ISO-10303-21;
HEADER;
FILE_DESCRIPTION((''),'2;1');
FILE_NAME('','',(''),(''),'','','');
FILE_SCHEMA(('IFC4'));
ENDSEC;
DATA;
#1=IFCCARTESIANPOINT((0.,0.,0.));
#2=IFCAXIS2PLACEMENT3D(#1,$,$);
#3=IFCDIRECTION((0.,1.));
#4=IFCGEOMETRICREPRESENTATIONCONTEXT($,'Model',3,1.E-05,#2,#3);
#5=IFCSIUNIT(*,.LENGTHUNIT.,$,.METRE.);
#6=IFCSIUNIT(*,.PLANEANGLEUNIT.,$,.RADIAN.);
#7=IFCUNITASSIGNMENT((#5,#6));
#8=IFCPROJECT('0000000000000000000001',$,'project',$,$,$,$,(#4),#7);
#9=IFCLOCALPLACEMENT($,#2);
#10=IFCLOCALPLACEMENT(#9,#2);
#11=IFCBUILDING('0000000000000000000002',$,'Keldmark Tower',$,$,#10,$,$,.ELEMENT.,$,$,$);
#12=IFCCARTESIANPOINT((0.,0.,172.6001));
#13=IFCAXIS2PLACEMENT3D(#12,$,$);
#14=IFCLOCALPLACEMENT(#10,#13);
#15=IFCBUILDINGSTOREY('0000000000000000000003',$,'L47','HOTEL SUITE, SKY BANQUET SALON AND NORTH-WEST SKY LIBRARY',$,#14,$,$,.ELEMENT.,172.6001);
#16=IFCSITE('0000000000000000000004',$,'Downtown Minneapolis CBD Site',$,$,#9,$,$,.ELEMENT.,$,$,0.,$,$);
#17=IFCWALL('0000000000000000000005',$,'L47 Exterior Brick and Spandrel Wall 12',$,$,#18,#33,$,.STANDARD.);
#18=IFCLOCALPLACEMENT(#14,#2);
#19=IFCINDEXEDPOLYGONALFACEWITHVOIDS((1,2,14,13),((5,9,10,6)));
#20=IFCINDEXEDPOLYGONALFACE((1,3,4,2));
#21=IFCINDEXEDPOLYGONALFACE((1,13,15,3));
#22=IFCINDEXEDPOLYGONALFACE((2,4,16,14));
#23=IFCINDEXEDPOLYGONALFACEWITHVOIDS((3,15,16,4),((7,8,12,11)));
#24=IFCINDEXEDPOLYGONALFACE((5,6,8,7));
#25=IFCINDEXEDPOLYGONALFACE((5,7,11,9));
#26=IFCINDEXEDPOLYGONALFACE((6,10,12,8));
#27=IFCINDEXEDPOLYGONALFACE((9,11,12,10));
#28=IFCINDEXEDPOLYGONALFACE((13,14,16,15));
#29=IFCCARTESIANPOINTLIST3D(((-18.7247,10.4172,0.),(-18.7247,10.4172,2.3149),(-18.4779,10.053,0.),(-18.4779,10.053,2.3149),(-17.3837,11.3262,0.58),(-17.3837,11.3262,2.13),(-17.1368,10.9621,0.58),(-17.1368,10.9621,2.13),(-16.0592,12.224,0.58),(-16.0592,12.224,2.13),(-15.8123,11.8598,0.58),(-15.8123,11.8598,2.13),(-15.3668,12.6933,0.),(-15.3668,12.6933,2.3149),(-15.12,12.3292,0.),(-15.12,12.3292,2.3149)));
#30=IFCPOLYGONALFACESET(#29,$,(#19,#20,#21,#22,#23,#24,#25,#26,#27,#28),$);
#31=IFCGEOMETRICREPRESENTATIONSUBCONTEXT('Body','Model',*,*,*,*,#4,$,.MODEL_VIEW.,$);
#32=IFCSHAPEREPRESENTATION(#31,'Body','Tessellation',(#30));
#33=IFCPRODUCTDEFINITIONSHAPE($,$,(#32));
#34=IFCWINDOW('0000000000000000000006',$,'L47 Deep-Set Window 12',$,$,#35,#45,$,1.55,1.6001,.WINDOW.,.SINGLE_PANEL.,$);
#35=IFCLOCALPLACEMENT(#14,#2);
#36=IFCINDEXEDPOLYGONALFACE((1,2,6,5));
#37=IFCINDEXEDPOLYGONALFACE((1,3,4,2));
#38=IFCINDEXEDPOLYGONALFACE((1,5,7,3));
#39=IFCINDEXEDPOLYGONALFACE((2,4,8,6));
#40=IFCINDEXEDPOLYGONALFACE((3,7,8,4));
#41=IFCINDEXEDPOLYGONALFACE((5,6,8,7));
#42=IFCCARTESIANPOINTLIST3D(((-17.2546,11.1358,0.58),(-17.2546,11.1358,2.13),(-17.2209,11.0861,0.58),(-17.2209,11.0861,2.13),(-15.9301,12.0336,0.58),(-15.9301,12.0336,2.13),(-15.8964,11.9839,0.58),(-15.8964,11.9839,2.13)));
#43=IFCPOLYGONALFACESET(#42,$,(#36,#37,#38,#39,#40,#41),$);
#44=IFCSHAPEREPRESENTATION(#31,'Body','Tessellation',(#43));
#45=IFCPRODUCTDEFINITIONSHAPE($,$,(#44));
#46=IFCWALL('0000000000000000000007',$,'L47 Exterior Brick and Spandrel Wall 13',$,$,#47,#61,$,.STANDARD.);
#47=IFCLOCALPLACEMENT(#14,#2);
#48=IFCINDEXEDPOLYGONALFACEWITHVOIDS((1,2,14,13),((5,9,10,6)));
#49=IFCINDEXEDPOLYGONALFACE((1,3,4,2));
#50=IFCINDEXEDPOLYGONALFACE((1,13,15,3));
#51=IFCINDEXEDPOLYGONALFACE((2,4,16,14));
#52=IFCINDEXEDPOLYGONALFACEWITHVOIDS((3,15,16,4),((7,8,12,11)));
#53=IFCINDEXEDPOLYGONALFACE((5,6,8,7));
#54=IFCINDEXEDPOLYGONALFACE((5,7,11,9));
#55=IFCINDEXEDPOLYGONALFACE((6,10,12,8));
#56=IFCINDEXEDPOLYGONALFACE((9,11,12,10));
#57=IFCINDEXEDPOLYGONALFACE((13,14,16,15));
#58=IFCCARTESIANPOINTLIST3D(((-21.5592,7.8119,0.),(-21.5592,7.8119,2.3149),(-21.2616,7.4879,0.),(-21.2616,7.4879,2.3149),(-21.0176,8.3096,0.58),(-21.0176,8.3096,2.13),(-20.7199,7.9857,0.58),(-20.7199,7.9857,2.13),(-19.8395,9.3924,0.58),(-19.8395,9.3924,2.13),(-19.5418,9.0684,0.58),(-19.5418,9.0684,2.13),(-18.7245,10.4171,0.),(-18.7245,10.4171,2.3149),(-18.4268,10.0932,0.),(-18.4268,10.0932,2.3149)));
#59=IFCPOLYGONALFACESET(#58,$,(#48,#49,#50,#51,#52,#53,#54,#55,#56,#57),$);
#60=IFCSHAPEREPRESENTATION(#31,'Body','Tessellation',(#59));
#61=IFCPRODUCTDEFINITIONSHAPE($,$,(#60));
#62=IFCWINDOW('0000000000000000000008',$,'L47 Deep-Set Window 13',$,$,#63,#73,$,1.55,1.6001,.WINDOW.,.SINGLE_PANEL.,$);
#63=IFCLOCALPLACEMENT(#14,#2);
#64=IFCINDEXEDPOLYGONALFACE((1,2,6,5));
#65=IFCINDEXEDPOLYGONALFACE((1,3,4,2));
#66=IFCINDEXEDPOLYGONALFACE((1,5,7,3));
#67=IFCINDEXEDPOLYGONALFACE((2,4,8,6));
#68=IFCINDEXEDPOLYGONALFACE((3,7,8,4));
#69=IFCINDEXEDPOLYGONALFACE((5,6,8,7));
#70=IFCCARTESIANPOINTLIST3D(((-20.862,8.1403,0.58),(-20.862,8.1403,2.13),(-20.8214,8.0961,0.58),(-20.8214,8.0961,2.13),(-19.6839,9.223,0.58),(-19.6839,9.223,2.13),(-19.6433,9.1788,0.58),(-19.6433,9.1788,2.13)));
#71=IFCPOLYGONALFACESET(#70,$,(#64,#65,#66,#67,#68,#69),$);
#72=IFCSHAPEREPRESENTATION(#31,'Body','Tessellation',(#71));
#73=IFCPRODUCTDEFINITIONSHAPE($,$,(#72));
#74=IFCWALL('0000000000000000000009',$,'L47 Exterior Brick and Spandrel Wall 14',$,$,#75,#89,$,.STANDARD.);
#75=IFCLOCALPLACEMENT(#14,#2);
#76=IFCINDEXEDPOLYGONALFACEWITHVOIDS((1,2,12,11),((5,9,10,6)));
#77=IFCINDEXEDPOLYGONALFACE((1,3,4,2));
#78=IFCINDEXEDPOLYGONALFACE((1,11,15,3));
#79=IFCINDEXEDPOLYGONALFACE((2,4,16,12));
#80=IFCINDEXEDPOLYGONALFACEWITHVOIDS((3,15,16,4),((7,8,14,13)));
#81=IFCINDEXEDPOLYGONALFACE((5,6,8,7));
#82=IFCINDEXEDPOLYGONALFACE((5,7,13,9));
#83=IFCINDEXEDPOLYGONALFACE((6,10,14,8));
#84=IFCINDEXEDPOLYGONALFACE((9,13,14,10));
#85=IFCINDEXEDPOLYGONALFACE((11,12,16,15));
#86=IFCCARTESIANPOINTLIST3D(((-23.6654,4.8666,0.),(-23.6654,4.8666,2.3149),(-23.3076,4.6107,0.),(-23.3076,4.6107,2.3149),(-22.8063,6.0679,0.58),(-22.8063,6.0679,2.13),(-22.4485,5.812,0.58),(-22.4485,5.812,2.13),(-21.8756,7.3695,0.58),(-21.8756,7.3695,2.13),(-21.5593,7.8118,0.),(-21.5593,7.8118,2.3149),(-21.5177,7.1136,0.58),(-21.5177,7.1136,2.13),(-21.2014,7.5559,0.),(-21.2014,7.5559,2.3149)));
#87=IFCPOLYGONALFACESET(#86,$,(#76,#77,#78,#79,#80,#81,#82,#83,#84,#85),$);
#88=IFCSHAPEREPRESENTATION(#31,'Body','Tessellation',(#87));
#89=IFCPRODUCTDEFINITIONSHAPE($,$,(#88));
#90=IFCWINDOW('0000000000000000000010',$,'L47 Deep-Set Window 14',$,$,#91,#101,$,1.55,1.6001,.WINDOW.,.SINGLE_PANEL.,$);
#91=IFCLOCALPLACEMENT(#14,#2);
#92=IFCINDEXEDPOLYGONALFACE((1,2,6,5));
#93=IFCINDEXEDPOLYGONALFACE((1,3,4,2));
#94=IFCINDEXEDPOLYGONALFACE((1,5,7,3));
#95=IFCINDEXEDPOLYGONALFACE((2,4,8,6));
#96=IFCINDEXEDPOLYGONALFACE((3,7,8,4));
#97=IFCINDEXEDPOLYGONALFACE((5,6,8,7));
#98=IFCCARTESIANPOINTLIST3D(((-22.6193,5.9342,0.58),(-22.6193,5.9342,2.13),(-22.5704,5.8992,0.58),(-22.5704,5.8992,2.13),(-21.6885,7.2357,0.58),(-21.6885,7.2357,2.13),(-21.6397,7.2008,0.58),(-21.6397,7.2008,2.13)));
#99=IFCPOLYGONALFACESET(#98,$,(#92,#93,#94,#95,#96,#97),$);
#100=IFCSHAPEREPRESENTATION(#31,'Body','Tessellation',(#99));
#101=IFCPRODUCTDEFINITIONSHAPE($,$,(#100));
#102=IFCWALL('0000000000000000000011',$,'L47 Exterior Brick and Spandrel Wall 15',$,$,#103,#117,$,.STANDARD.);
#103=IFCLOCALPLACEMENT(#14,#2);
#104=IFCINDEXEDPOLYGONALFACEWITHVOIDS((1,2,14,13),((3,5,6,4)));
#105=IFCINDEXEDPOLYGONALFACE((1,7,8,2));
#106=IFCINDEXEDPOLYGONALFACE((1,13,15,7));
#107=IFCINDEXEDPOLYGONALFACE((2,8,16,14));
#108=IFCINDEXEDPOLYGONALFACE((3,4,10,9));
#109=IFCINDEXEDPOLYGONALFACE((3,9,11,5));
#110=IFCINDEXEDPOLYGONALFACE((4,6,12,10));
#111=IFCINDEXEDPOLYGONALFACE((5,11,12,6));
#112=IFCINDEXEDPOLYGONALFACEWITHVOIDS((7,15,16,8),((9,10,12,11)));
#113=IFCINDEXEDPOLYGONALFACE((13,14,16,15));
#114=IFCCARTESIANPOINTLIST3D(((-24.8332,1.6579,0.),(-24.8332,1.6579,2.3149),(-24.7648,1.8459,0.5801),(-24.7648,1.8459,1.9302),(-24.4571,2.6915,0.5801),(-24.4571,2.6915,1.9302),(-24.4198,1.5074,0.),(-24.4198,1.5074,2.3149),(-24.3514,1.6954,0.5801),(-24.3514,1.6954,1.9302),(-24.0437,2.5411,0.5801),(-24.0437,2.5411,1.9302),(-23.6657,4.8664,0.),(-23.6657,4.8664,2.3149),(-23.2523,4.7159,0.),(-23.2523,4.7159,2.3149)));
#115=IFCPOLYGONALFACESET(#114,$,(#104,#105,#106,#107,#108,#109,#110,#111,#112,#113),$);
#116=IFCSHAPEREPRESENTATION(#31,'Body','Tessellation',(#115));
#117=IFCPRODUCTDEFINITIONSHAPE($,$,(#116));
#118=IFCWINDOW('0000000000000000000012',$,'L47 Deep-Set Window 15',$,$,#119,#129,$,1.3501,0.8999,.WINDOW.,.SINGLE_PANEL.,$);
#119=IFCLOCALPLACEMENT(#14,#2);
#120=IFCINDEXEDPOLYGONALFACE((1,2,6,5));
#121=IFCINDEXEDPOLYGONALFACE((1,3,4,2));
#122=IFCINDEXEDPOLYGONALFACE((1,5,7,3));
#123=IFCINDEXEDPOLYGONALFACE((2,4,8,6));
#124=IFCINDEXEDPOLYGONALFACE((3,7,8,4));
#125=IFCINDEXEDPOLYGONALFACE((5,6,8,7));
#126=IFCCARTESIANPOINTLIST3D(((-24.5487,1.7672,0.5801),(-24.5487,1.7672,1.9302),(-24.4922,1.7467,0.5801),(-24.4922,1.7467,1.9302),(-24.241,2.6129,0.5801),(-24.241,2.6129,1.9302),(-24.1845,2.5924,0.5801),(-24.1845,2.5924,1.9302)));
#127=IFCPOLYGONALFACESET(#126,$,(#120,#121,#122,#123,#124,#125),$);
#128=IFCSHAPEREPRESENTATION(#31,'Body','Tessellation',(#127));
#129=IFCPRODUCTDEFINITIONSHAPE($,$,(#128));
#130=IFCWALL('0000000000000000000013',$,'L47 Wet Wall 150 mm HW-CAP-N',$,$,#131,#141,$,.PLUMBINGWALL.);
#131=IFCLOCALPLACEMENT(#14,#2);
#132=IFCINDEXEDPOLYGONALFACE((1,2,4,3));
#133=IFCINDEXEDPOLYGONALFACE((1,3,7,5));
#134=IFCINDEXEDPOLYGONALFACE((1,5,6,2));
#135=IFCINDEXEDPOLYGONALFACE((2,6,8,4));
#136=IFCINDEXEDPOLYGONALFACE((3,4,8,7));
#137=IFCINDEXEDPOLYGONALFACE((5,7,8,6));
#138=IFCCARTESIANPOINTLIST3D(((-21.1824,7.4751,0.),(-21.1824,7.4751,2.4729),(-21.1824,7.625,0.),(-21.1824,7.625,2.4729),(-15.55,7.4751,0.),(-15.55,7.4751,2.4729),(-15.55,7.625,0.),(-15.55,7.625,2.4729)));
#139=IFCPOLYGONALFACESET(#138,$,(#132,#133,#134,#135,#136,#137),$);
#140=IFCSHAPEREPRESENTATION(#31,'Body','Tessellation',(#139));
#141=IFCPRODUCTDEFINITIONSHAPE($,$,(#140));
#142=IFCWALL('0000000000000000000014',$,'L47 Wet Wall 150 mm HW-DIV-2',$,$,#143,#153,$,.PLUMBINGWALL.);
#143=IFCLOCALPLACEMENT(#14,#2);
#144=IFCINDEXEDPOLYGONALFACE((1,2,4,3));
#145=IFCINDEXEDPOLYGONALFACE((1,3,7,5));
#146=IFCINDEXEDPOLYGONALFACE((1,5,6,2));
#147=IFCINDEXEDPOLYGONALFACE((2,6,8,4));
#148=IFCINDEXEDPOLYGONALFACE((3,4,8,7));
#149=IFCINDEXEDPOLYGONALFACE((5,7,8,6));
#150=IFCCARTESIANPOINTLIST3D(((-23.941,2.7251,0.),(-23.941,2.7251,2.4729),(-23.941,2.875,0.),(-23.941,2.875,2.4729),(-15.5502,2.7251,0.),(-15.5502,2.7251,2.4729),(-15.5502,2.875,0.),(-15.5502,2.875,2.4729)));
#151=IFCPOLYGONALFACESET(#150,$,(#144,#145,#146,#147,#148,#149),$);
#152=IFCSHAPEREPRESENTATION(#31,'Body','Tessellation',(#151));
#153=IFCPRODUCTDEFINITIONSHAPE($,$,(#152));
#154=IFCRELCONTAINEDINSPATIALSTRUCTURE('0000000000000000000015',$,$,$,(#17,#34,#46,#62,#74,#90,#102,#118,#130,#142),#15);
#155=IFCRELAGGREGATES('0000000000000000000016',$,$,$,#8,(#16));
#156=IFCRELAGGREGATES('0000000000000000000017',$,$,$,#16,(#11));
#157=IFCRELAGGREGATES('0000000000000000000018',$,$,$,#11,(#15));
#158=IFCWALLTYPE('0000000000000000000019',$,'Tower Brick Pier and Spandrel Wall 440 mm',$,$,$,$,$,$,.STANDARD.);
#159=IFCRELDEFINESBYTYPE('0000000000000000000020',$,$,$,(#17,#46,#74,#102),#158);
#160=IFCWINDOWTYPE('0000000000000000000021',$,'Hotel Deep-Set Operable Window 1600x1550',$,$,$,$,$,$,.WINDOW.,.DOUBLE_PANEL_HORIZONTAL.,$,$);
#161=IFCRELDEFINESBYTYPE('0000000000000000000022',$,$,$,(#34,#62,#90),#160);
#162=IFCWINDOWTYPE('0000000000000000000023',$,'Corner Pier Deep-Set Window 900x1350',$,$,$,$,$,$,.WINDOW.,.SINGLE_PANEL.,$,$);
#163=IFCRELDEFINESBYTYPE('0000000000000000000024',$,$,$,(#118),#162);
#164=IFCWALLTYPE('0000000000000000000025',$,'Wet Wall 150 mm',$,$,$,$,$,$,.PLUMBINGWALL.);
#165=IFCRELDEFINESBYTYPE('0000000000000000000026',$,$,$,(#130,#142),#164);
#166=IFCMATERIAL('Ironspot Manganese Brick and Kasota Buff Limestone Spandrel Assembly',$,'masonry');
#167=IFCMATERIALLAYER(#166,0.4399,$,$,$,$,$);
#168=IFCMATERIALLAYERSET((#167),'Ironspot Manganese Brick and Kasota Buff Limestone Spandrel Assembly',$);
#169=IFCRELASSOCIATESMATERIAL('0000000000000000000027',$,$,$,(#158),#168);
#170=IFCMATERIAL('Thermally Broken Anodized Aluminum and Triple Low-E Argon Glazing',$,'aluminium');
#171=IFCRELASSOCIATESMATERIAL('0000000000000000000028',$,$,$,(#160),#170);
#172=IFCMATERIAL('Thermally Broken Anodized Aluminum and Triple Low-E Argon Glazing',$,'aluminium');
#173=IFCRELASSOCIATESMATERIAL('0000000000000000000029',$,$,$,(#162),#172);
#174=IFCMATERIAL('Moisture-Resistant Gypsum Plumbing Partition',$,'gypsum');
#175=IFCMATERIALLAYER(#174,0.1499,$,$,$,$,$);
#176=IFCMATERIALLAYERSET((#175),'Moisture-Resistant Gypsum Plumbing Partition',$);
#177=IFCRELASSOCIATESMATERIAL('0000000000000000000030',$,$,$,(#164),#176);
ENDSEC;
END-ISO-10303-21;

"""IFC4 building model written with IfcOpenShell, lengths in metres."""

from ifc_helpers import new_model, si_unit, direction, frame, frame_2d, origin, place, context, subcontext, project, spatial, rectangle, extrude, material, layer, layer_set, type_object, element, fill, save


model = new_model("IFC4")

# Units and contexts
model_context = context("Model", 3, precision=1e-05, world=origin(), true_north=direction((0.0, 1.0)))
body_context = subcontext(model_context, "Body", "Model", "MODEL_VIEW")
ifc_project = project(units=[si_unit("LENGTHUNIT", "METRE"), si_unit("PLANEANGLEUNIT", "RADIAN")], contexts=[model_context])

# Site, building, storey
site_placement = place(None, origin())
site = spatial("IfcSite", under=ifc_project, at=site_placement, Name="Downtown Minneapolis CBD Site", CompositionType="ELEMENT", RefElevation=0.0)
building_placement = place(site_placement, origin())
building = spatial("IfcBuilding", under=site, at=building_placement, Name="Keldmark Tower", CompositionType="ELEMENT")
storey_placement = place(building_placement, frame((0.0, 0.0, 172.6001)))
storey = spatial("IfcBuildingStorey", under=building, at=storey_placement, Name="L47", Description="HOTEL SUITE, SKY BANQUET SALON AND NORTH-WEST SKY LIBRARY", CompositionType="ELEMENT", Elevation=172.6001)

# Walls, openings, windows
ifc_material_1 = material(Name="Ironspot Manganese Brick and Kasota Buff Limestone Spandrel Assembly", Category="masonry")
ifc_layer_1 = layer(ifc_material_1, 0.4399)
ifc_layer_set_1 = layer_set([ifc_layer_1], Name="Ironspot Manganese Brick and Kasota Buff Limestone Spandrel Assembly")
wall_type_1 = type_object("IfcWallType", Name="Tower Brick Pier and Spandrel Wall 440 mm", PredefinedType="STANDARD", material=ifc_layer_set_1)
wall_1_placement = place(storey_placement, frame((-18.6013, 10.2351, 0.0), z_axis=(0.0, 0.0, 1.0), x_axis=(0.827757, 0.561086, 0.0)))
wall_1 = element("IfcWall", 1, at=wall_1_placement, inside=storey, type_object=wall_type_1, Name="L47 Exterior Brick and Spandrel Wall 12", PredefinedType="STANDARD", context=body_context, shape_type="SweptSolid", body=[
    extrude(rectangle(XDim=4.0566, YDim=0.4399, at=frame_2d((2.0283, 0.0))), origin(), (0.0, 0.0, 1.0), 2.3149),
])
opening_1_placement = place(wall_1_placement, frame((1.6201, 0.0, 0.5801)))
opening_1 = element("IfcOpeningElement", 2, at=opening_1_placement, cuts=wall_1, PredefinedType="OPENING", context=body_context, shape_type="SweptSolid", body=[
    extrude(rectangle(XDim=1.6001, YDim=1.55, at=frame_2d((0.8, 0.7749))), frame((0.0, 0.23, 0.0), z_axis=(0.0, -1.0, 0.0), x_axis=(1.0, 0.0, 0.0)), (0.0, 0.0, 1.0), 0.46),
])
ifc_material_2 = material(Name="Thermally Broken Anodized Aluminum and Triple Low-E Argon Glazing", Category="aluminium")
window_type_1 = type_object("IfcWindowType", Name="Hotel Deep-Set Operable Window 1600x1550", PartitioningType="DOUBLE_PANEL_HORIZONTAL", PredefinedType="WINDOW", material=ifc_material_2)
window_1_placement = place(opening_1_placement, origin())
window_1 = element("IfcWindow", 3, at=window_1_placement, inside=storey, type_object=window_type_1, Name="L47 Deep-Set Window 12", OverallHeight=1.55, OverallWidth=1.6001, PartitioningType="SINGLE_PANEL", PredefinedType="WINDOW", context=body_context, shape_type="SweptSolid", body=[
    extrude(rectangle(XDim=1.6001, YDim=1.55, at=frame_2d((0.8, 0.7749))), frame((0.0, -0.01, 0.0), z_axis=(0.0, -1.0, 0.0), x_axis=(1.0, 0.0, 0.0)), (0.0, 0.0, 1.0), 0.0601),
])
fill(opening_1, window_1)
wall_2_placement = place(storey_placement, frame((-21.4104, 7.6499, 0.0), z_axis=(0.0, 0.0, 1.0), x_axis=(0.736282, 0.676675, 0.0)))
wall_2 = element("IfcWall", 4, at=wall_2_placement, inside=storey, type_object=wall_type_1, Name="L47 Exterior Brick and Spandrel Wall 13", PredefinedType="STANDARD", context=body_context, shape_type="SweptSolid", body=[
    extrude(rectangle(XDim=3.8501, YDim=0.4399, at=frame_2d((1.925, 0.0))), origin(), (0.0, 0.0, 1.0), 2.3149),
])
opening_2_placement = place(wall_2_placement, frame((0.7356, 0.0, 0.5801)))
opening_2 = element("IfcOpeningElement", 5, at=opening_2_placement, cuts=wall_2, PredefinedType="OPENING", context=body_context, shape_type="SweptSolid", body=[
    extrude(rectangle(XDim=1.6001, YDim=1.55, at=frame_2d((0.8, 0.7749))), frame((0.0, 0.23, 0.0), z_axis=(0.0, -1.0, 0.0), x_axis=(1.0, 0.0, 0.0)), (0.0, 0.0, 1.0), 0.46),
])
window_2_placement = place(opening_2_placement, origin())
window_2 = element("IfcWindow", 6, at=window_2_placement, inside=storey, type_object=window_type_1, Name="L47 Deep-Set Window 13", OverallHeight=1.55, OverallWidth=1.6001, PartitioningType="SINGLE_PANEL", PredefinedType="WINDOW", context=body_context, shape_type="SweptSolid", body=[
    extrude(rectangle(XDim=1.6001, YDim=1.55, at=frame_2d((0.8, 0.7749))), frame((0.0, -0.01, 0.0), z_axis=(0.0, -1.0, 0.0), x_axis=(1.0, 0.0, 0.0)), (0.0, 0.0, 1.0), 0.0601),
])
fill(opening_2, window_2)
wall_3_placement = place(storey_placement, frame((-23.4866, 4.7385, 0.0), z_axis=(0.0, 0.0, 1.0), x_axis=(0.581678, 0.813419, 0.0)))
wall_3 = element("IfcWall", 7, at=wall_3_placement, inside=storey, type_object=wall_type_1, Name="L47 Exterior Brick and Spandrel Wall 14", PredefinedType="STANDARD", context=body_context, shape_type="SweptSolid", body=[
    extrude(rectangle(XDim=3.6208, YDim=0.4399, at=frame_2d((1.8105, 0.0))), origin(), (0.0, 0.0, 1.0), 2.3149),
])
opening_3_placement = place(wall_3_placement, frame((1.4771, 0.0, 0.5801)))
opening_3 = element("IfcOpeningElement", 8, at=opening_3_placement, cuts=wall_3, PredefinedType="OPENING", context=body_context, shape_type="SweptSolid", body=[
    extrude(rectangle(XDim=1.6001, YDim=1.55, at=frame_2d((0.8, 0.7749))), frame((0.0, 0.23, 0.0), z_axis=(0.0, -1.0, 0.0), x_axis=(1.0, 0.0, 0.0)), (0.0, 0.0, 1.0), 0.46),
])
window_3_placement = place(opening_3_placement, origin())
window_3 = element("IfcWindow", 9, at=window_3_placement, inside=storey, type_object=window_type_1, Name="L47 Deep-Set Window 14", OverallHeight=1.55, OverallWidth=1.6001, PartitioningType="SINGLE_PANEL", PredefinedType="WINDOW", context=body_context, shape_type="SweptSolid", body=[
    extrude(rectangle(XDim=1.6001, YDim=1.55, at=frame_2d((0.8, 0.7749))), frame((0.0, -0.01, 0.0), z_axis=(0.0, -1.0, 0.0), x_axis=(1.0, 0.0, 0.0)), (0.0, 0.0, 1.0), 0.0601),
])
fill(opening_3, window_3)
wall_4_placement = place(storey_placement, frame((-24.6265, 1.5828, 0.0), z_axis=(0.0, 0.0, 1.0), x_axis=(0.341938, 0.939722, 0.0)))
wall_4 = element("IfcWall", 10, at=wall_4_placement, inside=storey, type_object=wall_type_1, Name="L47 Exterior Brick and Spandrel Wall 15", PredefinedType="STANDARD", context=body_context, shape_type="SweptSolid", body=[
    extrude(rectangle(XDim=3.4143, YDim=0.4399, at=frame_2d((1.707, 0.0))), origin(), (0.0, 0.0, 1.0), 2.3149),
])
opening_4_placement = place(wall_4_placement, frame((0.2, 0.0, 0.5801)))
opening_4 = element("IfcOpeningElement", 11, at=opening_4_placement, cuts=wall_4, PredefinedType="OPENING", context=body_context, shape_type="SweptSolid", body=[
    extrude(rectangle(XDim=0.8999, YDim=1.3501, at=frame_2d((0.45, 0.675))), frame((0.0, 0.23, 0.0), z_axis=(0.0, -1.0, 0.0), x_axis=(1.0, 0.0, 0.0)), (0.0, 0.0, 1.0), 0.46),
])
ifc_material_3 = material(Name="Thermally Broken Anodized Aluminum and Triple Low-E Argon Glazing", Category="aluminium")
window_type_2 = type_object("IfcWindowType", Name="Corner Pier Deep-Set Window 900x1350", PartitioningType="SINGLE_PANEL", PredefinedType="WINDOW", material=ifc_material_3)
window_4_placement = place(opening_4_placement, origin())
window_4 = element("IfcWindow", 12, at=window_4_placement, inside=storey, type_object=window_type_2, Name="L47 Deep-Set Window 15", OverallHeight=1.3501, OverallWidth=0.8999, PartitioningType="SINGLE_PANEL", PredefinedType="WINDOW", context=body_context, shape_type="SweptSolid", body=[
    extrude(rectangle(XDim=0.8999, YDim=1.3501, at=frame_2d((0.45, 0.675))), frame((0.0, -0.01, 0.0), z_axis=(0.0, -1.0, 0.0), x_axis=(1.0, 0.0, 0.0)), (0.0, 0.0, 1.0), 0.0601),
])
fill(opening_4, window_4)

# Walls
ifc_material_4 = material(Name="Moisture-Resistant Gypsum Plumbing Partition", Category="gypsum")
ifc_layer_2 = layer(ifc_material_4, 0.1499)
ifc_layer_set_2 = layer_set([ifc_layer_2], Name="Moisture-Resistant Gypsum Plumbing Partition")
wall_type_2 = type_object("IfcWallType", Name="Wet Wall 150 mm", PredefinedType="PLUMBINGWALL", material=ifc_layer_set_2)
wall_5_placement = place(storey_placement, frame((-21.1824, 7.55, 0.0), z_axis=(0.0, 0.0, 1.0), x_axis=(1.0, 0.0, 0.0)))
element("IfcWall", 13, at=wall_5_placement, inside=storey, type_object=wall_type_2, Name="L47 Wet Wall 150 mm HW-CAP-N", PredefinedType="PLUMBINGWALL", context=body_context, shape_type="SweptSolid", body=[
    extrude(rectangle(XDim=5.6323, YDim=0.1499, at=frame_2d((2.8162, 0.0))), origin(), (0.0, 0.0, 1.0), 2.4729),
])
wall_6_placement = place(storey_placement, frame((-23.9409, 2.8, 0.0), z_axis=(0.0, 0.0, 1.0), x_axis=(1.0, 0.0, 0.0)))
element("IfcWall", 14, at=wall_6_placement, inside=storey, type_object=wall_type_2, Name="L47 Wet Wall 150 mm HW-DIV-2", PredefinedType="PLUMBINGWALL", context=body_context, shape_type="SweptSolid", body=[
    extrude(rectangle(XDim=8.3909, YDim=0.1499, at=frame_2d((4.1953, 0.0))), origin(), (0.0, 0.0, 1.0), 2.4729),
])

save(model, "model.ifc")
